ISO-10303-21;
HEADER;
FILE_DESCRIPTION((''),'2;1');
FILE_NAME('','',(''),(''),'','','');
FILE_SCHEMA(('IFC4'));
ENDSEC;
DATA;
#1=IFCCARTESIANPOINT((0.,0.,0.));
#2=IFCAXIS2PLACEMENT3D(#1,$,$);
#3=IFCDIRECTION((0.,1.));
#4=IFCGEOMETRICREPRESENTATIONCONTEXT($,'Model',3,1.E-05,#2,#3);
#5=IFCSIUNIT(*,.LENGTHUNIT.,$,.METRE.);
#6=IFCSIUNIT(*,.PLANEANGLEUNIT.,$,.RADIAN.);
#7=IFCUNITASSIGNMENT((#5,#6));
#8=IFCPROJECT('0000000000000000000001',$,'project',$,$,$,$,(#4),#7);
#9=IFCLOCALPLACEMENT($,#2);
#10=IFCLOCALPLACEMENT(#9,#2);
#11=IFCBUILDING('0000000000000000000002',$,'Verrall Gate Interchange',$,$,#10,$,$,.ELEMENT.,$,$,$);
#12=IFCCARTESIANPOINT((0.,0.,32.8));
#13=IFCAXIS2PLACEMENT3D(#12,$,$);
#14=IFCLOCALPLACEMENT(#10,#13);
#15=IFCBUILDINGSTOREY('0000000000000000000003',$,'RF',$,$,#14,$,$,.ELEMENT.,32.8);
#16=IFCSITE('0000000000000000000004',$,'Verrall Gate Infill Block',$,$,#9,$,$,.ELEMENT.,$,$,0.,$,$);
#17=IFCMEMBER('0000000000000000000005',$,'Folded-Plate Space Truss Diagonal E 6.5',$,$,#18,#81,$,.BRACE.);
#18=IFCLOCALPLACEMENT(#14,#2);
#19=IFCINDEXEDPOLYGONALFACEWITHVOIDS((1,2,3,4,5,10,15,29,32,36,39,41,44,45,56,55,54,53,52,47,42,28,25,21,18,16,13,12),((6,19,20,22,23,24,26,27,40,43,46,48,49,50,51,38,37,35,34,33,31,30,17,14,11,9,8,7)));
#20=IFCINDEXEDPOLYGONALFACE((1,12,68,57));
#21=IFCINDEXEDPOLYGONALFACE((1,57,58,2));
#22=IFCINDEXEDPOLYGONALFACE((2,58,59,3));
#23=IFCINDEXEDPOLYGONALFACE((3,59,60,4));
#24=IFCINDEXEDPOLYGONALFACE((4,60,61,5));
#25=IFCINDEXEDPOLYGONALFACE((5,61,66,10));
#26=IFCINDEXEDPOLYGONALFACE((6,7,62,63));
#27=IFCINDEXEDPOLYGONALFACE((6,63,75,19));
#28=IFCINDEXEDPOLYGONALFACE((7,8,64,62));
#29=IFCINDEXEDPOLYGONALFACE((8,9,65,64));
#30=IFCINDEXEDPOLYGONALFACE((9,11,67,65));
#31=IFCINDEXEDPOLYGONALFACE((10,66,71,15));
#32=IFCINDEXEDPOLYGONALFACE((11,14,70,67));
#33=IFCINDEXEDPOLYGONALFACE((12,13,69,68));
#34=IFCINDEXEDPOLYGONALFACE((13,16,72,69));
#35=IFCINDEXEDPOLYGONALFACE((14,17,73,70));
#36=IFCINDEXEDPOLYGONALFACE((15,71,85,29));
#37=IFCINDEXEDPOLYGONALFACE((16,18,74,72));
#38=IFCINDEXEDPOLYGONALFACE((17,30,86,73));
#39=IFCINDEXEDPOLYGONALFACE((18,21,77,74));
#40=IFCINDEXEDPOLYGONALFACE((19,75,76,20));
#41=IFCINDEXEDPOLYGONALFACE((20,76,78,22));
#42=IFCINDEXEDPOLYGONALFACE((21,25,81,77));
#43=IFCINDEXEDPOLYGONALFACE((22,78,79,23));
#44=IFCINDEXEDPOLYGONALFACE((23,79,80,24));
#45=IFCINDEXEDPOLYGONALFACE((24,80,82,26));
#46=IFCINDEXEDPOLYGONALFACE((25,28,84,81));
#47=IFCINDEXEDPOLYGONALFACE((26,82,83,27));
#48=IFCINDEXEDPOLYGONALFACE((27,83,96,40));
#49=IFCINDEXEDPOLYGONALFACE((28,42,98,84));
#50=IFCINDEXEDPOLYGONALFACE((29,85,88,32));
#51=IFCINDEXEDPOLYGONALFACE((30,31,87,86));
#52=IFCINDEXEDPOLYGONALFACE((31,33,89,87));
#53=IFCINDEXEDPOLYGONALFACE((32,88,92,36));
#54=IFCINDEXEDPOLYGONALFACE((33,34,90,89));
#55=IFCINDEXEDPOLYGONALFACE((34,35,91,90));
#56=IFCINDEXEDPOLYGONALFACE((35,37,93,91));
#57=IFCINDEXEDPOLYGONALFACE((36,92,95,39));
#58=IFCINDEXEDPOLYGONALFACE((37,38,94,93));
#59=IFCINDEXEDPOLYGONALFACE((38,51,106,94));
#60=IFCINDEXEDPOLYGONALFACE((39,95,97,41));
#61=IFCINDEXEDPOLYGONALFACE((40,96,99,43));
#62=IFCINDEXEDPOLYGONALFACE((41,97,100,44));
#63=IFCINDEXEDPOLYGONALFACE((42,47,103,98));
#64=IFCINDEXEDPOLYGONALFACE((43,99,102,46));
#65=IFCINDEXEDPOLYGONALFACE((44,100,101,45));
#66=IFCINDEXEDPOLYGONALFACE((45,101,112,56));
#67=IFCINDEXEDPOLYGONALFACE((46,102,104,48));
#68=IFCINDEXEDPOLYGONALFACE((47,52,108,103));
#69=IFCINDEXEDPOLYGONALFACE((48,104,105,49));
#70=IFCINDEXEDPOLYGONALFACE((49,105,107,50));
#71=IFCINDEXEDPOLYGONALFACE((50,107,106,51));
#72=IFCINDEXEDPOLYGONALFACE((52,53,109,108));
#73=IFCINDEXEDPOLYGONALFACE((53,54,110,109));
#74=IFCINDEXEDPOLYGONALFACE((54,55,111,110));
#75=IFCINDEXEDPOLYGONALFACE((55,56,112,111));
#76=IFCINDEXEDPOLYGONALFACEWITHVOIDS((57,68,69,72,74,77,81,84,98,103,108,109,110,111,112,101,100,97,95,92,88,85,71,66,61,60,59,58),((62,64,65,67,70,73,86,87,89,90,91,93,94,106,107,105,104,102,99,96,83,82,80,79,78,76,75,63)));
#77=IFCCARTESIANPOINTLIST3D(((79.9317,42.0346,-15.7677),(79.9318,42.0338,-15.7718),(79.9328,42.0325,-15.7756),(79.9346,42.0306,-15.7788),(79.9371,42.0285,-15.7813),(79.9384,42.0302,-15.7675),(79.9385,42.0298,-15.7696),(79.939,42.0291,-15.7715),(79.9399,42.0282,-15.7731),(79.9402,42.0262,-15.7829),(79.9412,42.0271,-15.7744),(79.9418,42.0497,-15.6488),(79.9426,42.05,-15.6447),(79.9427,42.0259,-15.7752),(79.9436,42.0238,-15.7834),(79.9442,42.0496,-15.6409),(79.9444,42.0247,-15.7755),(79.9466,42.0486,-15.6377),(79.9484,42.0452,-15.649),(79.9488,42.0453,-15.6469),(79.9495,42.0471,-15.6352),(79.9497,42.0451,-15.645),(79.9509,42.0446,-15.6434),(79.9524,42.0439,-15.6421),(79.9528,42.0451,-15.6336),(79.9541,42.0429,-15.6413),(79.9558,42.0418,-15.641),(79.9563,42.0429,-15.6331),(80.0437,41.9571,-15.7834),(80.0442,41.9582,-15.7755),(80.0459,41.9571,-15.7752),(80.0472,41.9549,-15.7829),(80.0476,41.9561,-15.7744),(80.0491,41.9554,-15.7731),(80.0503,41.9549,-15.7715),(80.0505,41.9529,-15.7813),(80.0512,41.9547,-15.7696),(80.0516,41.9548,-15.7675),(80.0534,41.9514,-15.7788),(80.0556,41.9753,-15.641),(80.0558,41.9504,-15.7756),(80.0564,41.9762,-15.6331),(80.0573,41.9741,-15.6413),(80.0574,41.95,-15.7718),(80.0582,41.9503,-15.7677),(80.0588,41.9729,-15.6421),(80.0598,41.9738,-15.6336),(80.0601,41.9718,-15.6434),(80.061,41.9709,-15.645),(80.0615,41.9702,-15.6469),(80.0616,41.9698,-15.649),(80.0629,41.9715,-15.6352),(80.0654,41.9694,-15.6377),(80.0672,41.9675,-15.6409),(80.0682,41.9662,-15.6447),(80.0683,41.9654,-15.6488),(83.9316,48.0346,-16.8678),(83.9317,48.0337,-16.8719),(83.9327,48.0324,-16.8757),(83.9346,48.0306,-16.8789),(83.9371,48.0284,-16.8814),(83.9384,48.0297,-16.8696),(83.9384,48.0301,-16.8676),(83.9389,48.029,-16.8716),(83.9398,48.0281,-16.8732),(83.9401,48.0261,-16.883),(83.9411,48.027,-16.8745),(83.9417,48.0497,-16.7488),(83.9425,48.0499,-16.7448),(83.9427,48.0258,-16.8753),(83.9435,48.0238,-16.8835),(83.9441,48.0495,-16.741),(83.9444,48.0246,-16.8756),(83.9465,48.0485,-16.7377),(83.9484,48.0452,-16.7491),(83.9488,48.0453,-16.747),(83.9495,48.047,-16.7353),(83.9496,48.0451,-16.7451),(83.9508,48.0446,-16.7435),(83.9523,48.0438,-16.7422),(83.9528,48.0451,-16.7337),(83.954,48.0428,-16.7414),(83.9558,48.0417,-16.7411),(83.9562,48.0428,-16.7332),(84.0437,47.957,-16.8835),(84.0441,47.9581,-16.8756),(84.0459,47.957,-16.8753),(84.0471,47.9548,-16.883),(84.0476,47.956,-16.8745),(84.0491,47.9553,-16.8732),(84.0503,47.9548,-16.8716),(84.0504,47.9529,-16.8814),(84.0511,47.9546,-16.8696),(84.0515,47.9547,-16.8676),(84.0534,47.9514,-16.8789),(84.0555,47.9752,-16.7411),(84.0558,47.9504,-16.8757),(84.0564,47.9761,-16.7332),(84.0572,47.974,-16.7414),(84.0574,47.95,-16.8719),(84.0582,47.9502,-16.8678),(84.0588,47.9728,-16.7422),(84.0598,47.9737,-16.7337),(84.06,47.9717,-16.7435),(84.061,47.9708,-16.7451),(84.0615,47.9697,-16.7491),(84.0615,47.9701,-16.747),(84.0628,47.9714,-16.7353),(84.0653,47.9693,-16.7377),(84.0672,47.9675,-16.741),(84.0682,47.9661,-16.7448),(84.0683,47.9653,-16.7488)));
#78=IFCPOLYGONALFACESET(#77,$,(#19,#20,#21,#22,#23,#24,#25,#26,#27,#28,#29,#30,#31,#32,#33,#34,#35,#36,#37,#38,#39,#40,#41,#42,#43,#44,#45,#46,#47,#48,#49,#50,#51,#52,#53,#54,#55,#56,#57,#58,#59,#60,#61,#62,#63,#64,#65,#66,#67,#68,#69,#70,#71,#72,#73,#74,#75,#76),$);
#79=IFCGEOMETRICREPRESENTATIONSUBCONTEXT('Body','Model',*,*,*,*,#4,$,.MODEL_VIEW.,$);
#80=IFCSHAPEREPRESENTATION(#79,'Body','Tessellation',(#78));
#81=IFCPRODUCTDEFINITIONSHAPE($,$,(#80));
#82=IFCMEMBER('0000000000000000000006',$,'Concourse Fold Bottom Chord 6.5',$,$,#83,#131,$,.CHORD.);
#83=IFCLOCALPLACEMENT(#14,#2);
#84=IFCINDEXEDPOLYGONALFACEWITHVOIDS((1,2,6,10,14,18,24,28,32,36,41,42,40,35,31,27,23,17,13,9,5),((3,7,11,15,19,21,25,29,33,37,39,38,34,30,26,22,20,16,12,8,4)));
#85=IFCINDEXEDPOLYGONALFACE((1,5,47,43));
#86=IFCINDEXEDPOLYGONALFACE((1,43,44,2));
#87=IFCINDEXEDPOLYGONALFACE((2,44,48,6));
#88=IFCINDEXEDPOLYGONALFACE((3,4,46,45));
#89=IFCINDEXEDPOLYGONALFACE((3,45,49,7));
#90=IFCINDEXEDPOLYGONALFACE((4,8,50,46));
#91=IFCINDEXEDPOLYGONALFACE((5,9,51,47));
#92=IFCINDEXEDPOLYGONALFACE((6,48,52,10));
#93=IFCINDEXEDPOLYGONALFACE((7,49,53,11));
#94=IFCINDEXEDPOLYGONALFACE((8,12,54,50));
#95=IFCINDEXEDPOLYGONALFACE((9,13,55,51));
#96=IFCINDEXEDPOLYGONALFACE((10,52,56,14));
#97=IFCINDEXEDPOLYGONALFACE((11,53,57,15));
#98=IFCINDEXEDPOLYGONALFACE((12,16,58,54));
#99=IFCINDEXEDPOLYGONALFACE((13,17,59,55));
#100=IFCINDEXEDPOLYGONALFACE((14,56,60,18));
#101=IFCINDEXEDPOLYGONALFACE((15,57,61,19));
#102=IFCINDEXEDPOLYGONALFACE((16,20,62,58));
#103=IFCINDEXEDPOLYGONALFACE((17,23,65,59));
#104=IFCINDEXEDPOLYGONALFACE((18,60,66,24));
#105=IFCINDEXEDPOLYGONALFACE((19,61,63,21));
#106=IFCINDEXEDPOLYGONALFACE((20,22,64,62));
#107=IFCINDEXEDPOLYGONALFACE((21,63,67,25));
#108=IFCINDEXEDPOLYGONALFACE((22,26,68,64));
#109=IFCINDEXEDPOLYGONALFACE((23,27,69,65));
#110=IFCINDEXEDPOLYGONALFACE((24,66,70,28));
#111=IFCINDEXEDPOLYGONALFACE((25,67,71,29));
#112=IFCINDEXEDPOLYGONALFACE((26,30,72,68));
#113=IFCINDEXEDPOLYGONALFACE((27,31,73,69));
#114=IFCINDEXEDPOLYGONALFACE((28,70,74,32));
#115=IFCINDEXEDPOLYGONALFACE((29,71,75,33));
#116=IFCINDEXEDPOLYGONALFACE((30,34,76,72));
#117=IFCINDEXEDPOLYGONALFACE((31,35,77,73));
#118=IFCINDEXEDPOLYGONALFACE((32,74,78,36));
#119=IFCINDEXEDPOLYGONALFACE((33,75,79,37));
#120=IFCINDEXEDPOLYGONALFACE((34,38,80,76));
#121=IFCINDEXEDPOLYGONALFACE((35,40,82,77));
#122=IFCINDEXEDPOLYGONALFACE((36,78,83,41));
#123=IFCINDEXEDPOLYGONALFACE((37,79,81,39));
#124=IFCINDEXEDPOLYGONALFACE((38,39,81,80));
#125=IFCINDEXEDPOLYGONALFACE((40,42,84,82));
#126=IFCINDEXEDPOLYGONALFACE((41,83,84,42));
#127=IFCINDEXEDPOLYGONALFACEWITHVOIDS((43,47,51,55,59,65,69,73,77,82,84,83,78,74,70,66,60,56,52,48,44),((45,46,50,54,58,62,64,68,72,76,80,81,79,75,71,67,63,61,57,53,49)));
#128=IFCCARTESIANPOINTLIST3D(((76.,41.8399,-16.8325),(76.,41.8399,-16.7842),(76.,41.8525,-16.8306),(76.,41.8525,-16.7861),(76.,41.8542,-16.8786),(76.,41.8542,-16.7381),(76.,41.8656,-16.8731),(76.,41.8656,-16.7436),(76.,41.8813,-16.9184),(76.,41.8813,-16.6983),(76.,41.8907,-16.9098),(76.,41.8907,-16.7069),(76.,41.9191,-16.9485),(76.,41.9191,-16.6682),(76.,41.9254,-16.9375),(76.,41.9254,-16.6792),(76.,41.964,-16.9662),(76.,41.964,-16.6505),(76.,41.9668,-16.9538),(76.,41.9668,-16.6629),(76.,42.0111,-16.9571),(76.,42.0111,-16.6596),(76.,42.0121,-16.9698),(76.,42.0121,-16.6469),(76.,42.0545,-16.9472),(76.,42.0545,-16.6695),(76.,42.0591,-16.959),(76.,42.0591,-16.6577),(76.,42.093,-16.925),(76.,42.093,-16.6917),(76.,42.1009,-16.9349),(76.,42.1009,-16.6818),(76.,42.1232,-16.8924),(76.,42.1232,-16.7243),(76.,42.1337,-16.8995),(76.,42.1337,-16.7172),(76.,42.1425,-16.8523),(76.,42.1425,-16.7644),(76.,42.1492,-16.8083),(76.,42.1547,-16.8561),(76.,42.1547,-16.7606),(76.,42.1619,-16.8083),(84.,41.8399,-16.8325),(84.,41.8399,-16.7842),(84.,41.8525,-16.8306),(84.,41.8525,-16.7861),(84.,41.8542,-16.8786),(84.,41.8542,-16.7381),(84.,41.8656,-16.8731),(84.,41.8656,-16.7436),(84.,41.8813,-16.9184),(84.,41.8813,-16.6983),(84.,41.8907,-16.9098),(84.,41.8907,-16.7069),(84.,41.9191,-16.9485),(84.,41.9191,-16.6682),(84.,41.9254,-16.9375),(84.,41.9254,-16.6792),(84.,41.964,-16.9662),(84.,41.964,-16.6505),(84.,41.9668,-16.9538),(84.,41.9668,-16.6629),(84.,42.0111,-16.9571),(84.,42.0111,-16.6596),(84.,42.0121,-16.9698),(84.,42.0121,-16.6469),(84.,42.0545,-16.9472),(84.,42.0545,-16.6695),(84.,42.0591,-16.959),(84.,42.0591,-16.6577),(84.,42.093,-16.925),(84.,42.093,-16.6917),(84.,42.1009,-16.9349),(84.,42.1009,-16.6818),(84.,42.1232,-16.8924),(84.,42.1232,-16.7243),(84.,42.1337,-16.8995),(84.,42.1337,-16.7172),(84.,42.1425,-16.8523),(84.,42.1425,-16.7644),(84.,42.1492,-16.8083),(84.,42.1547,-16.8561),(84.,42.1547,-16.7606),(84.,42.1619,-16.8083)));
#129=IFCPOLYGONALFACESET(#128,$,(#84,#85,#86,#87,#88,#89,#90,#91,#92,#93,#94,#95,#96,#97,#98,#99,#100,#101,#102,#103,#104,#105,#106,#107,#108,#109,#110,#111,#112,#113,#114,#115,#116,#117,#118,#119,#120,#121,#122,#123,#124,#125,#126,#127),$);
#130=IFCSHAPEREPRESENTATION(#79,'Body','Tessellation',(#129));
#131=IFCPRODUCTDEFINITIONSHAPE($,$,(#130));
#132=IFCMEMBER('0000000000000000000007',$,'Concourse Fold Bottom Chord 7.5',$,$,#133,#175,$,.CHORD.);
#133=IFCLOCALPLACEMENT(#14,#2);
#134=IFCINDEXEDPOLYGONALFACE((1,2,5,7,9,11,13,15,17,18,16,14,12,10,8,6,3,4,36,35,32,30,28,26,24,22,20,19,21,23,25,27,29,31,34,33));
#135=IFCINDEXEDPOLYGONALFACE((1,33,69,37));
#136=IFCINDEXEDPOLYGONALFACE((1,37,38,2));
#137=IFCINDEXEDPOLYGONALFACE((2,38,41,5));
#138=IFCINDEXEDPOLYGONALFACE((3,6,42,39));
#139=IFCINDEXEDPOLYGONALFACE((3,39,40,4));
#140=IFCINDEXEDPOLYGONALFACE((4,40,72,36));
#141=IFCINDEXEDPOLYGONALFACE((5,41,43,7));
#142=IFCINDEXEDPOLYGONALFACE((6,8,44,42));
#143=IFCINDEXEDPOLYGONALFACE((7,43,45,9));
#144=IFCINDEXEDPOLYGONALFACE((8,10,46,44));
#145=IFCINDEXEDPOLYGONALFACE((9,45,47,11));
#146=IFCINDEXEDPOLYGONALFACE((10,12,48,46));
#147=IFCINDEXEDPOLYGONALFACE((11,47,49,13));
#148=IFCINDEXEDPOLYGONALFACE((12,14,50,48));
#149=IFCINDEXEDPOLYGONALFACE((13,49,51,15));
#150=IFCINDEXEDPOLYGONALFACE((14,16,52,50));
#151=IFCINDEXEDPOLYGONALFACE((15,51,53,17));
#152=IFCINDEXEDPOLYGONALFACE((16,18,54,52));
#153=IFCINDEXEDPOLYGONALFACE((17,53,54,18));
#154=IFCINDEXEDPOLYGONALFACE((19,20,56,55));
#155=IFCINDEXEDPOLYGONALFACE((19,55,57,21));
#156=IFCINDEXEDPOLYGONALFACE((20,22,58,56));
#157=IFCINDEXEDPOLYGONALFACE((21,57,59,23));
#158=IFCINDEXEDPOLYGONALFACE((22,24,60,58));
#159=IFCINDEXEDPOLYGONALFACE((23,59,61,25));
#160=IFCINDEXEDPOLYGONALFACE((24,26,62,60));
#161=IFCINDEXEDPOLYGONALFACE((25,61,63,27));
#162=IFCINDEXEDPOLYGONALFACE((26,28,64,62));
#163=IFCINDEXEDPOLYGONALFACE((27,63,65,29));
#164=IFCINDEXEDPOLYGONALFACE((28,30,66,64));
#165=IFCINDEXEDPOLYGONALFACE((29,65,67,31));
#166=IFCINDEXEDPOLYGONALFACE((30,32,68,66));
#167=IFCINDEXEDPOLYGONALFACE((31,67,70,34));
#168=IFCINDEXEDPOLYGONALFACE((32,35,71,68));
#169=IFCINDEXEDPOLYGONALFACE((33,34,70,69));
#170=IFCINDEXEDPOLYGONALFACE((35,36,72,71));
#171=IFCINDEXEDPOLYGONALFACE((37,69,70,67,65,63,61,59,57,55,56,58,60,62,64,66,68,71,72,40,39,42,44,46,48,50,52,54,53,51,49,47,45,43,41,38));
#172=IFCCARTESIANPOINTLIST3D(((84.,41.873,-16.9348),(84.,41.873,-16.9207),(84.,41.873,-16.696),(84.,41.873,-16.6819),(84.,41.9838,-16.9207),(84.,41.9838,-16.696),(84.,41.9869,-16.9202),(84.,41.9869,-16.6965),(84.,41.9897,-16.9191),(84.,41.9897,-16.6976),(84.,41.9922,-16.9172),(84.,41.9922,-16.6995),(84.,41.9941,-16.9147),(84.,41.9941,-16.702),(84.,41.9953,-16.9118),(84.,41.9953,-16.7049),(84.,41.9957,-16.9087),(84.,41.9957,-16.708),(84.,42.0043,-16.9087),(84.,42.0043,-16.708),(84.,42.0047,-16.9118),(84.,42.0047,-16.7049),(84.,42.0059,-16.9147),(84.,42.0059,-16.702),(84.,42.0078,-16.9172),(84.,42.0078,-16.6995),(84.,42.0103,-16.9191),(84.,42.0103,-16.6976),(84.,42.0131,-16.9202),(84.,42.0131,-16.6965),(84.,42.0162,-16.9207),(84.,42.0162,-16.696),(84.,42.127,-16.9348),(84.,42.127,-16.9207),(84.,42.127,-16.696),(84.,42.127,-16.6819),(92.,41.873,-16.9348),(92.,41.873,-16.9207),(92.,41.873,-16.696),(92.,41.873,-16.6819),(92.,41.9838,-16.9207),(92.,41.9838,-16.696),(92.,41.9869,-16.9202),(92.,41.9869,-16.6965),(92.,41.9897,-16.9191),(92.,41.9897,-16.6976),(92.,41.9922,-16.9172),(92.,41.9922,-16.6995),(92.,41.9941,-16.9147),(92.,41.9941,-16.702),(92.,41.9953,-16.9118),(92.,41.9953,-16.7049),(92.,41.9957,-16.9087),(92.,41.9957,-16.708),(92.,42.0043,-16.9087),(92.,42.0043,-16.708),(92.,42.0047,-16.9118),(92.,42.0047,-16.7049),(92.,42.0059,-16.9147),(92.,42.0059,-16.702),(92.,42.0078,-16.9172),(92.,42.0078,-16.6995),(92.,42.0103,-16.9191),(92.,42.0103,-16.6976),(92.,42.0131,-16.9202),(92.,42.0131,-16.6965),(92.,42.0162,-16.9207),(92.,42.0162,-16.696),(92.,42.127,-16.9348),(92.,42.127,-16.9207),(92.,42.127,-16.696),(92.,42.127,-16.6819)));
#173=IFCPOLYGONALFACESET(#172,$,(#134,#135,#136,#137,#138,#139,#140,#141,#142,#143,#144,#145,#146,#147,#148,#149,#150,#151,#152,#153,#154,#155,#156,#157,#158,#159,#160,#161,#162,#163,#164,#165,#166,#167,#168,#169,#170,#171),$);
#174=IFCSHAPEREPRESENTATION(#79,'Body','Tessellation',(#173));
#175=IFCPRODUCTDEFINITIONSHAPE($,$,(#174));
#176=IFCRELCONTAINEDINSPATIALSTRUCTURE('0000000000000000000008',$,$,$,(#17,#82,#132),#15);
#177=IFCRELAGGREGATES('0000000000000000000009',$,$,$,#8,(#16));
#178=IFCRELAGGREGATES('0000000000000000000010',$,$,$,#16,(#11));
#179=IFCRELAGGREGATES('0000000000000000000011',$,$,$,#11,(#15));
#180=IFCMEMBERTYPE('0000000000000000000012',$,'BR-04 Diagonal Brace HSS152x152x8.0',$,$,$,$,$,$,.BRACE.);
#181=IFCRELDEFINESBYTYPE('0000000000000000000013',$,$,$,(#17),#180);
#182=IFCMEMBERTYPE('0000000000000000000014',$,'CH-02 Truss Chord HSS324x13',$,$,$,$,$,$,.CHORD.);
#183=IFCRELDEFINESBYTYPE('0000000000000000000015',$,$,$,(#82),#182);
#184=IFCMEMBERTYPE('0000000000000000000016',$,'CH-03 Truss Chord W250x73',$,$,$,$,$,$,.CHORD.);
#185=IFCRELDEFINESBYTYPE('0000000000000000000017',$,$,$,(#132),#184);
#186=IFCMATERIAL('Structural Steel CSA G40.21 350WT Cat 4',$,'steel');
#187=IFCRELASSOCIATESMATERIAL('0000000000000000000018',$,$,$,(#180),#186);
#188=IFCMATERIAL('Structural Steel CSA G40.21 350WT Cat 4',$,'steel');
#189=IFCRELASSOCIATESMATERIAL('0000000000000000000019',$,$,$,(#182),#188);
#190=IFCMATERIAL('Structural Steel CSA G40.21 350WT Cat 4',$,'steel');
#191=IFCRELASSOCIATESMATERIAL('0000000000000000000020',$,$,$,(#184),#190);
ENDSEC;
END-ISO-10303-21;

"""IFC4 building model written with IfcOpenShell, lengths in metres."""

from ifc_helpers import new_model, si_unit, direction, frame, origin, origin_2d, place, context, subcontext, project, spatial, hollow_rectangle, hollow_circle, i_section, extrude, material, material_profile, profile_set, type_object, element, save


model = new_model("IFC4")

# Units and contexts
model_context = context("Model", 3, precision=1e-05, world=origin(), true_north=direction((0.0, 1.0)))
body_context = subcontext(model_context, "Body", "Model", "MODEL_VIEW")
ifc_project = project(units=[si_unit("LENGTHUNIT", "METRE"), si_unit("PLANEANGLEUNIT", "RADIAN")], contexts=[model_context])

# Site, building, storey
site_placement = place(None, origin())
site = spatial("IfcSite", under=ifc_project, at=site_placement, Name="Verrall Gate Infill Block", CompositionType="ELEMENT", RefElevation=0.0)
building_placement = place(site_placement, origin())
building = spatial("IfcBuilding", under=site, at=building_placement, Name="Verrall Gate Interchange", CompositionType="ELEMENT")
storey_placement = place(building_placement, frame((0.0, 0.0, 32.8)))
storey = spatial("IfcBuildingStorey", under=building, at=storey_placement, Name="RF", CompositionType="ELEMENT", Elevation=32.8)

# Members
ifc_material_1 = material(Name="Structural Steel CSA G40.21 350WT Cat 4", Category="steel")
ifc_material_profile_1 = material_profile(ifc_material_1, hollow_rectangle(XDim=0.1521, YDim=0.1521, WallThickness=0.0081, InnerFilletRadius=0.0081, OuterFilletRadius=0.0159, at=origin_2d()), Name="HSS152x152x8.0")
ifc_profile_set_1 = profile_set([ifc_material_profile_1], Name="Structural Steel CSA G40.21 350WT Cat 4")
member_type_1 = type_object("IfcMemberType", Name="BR-04 Diagonal Brace HSS152x152x8.0", PredefinedType="BRACE", material=ifc_profile_set_1)
member_1_placement = place(storey_placement, frame((80.0, 42.0, -15.7083), z_axis=(0.548356, 0.822534, -0.150811), x_axis=(-0.83205, 0.5547, 0.0)))
element("IfcMember", 1, at=member_1_placement, inside=storey, type_object=member_type_1, Name="Folded-Plate Space Truss Diagonal E 6.5", PredefinedType="BRACE", context=body_context, shape_type="SweptSolid", body=[
    extrude(hollow_rectangle(XDim=0.1521, YDim=0.1521, WallThickness=0.0081, InnerFilletRadius=0.0081, OuterFilletRadius=0.0159, at=origin_2d()), origin(), (0.0, 0.0, 1.0), 7.2944),
])
ifc_material_2 = material(Name="Structural Steel CSA G40.21 350WT Cat 4", Category="steel")
ifc_material_profile_2 = material_profile(ifc_material_2, hollow_circle(Radius=0.1619, WallThickness=0.0127, at=origin_2d()), Name="HSS324x13")
ifc_profile_set_2 = profile_set([ifc_material_profile_2], Name="Structural Steel CSA G40.21 350WT Cat 4")
member_type_2 = type_object("IfcMemberType", Name="CH-02 Truss Chord HSS324x13", PredefinedType="CHORD", material=ifc_profile_set_2)
member_2_placement = place(storey_placement, frame((76.0, 42.0, -16.8083), z_axis=(1.0, 0.0, 0.0), x_axis=(0.0, 1.0, 0.0)))
element("IfcMember", 2, at=member_2_placement, inside=storey, type_object=member_type_2, Name="Concourse Fold Bottom Chord 6.5", PredefinedType="CHORD", context=body_context, shape_type="SweptSolid", body=[
    extrude(hollow_circle(Radius=0.1619, WallThickness=0.0127, at=origin_2d()), origin(), (0.0, 0.0, 1.0), 8.0),
])
ifc_material_3 = material(Name="Structural Steel CSA G40.21 350WT Cat 4", Category="steel")
ifc_material_profile_3 = material_profile(ifc_material_3, i_section(OverallWidth=0.2539, OverallDepth=0.2529, WebThickness=0.0085, FlangeThickness=0.0142, FilletRadius=0.012, at=origin_2d()), Name="W250x73")
ifc_profile_set_3 = profile_set([ifc_material_profile_3], Name="Structural Steel CSA G40.21 350WT Cat 4")
member_type_3 = type_object("IfcMemberType", Name="CH-03 Truss Chord W250x73", PredefinedType="CHORD", material=ifc_profile_set_3)
member_3_placement = place(storey_placement, frame((84.0, 42.0, -16.8083), z_axis=(1.0, 0.0, 0.0), x_axis=(0.0, 1.0, 0.0)))
element("IfcMember", 3, at=member_3_placement, inside=storey, type_object=member_type_3, Name="Concourse Fold Bottom Chord 7.5", PredefinedType="CHORD", context=body_context, shape_type="SweptSolid", body=[
    extrude(i_section(OverallWidth=0.2539, OverallDepth=0.2529, WebThickness=0.0085, FlangeThickness=0.0142, FilletRadius=0.012, at=origin_2d()), origin(), (0.0, 0.0, 1.0), 8.0),
])

save(model, "model.ifc")
